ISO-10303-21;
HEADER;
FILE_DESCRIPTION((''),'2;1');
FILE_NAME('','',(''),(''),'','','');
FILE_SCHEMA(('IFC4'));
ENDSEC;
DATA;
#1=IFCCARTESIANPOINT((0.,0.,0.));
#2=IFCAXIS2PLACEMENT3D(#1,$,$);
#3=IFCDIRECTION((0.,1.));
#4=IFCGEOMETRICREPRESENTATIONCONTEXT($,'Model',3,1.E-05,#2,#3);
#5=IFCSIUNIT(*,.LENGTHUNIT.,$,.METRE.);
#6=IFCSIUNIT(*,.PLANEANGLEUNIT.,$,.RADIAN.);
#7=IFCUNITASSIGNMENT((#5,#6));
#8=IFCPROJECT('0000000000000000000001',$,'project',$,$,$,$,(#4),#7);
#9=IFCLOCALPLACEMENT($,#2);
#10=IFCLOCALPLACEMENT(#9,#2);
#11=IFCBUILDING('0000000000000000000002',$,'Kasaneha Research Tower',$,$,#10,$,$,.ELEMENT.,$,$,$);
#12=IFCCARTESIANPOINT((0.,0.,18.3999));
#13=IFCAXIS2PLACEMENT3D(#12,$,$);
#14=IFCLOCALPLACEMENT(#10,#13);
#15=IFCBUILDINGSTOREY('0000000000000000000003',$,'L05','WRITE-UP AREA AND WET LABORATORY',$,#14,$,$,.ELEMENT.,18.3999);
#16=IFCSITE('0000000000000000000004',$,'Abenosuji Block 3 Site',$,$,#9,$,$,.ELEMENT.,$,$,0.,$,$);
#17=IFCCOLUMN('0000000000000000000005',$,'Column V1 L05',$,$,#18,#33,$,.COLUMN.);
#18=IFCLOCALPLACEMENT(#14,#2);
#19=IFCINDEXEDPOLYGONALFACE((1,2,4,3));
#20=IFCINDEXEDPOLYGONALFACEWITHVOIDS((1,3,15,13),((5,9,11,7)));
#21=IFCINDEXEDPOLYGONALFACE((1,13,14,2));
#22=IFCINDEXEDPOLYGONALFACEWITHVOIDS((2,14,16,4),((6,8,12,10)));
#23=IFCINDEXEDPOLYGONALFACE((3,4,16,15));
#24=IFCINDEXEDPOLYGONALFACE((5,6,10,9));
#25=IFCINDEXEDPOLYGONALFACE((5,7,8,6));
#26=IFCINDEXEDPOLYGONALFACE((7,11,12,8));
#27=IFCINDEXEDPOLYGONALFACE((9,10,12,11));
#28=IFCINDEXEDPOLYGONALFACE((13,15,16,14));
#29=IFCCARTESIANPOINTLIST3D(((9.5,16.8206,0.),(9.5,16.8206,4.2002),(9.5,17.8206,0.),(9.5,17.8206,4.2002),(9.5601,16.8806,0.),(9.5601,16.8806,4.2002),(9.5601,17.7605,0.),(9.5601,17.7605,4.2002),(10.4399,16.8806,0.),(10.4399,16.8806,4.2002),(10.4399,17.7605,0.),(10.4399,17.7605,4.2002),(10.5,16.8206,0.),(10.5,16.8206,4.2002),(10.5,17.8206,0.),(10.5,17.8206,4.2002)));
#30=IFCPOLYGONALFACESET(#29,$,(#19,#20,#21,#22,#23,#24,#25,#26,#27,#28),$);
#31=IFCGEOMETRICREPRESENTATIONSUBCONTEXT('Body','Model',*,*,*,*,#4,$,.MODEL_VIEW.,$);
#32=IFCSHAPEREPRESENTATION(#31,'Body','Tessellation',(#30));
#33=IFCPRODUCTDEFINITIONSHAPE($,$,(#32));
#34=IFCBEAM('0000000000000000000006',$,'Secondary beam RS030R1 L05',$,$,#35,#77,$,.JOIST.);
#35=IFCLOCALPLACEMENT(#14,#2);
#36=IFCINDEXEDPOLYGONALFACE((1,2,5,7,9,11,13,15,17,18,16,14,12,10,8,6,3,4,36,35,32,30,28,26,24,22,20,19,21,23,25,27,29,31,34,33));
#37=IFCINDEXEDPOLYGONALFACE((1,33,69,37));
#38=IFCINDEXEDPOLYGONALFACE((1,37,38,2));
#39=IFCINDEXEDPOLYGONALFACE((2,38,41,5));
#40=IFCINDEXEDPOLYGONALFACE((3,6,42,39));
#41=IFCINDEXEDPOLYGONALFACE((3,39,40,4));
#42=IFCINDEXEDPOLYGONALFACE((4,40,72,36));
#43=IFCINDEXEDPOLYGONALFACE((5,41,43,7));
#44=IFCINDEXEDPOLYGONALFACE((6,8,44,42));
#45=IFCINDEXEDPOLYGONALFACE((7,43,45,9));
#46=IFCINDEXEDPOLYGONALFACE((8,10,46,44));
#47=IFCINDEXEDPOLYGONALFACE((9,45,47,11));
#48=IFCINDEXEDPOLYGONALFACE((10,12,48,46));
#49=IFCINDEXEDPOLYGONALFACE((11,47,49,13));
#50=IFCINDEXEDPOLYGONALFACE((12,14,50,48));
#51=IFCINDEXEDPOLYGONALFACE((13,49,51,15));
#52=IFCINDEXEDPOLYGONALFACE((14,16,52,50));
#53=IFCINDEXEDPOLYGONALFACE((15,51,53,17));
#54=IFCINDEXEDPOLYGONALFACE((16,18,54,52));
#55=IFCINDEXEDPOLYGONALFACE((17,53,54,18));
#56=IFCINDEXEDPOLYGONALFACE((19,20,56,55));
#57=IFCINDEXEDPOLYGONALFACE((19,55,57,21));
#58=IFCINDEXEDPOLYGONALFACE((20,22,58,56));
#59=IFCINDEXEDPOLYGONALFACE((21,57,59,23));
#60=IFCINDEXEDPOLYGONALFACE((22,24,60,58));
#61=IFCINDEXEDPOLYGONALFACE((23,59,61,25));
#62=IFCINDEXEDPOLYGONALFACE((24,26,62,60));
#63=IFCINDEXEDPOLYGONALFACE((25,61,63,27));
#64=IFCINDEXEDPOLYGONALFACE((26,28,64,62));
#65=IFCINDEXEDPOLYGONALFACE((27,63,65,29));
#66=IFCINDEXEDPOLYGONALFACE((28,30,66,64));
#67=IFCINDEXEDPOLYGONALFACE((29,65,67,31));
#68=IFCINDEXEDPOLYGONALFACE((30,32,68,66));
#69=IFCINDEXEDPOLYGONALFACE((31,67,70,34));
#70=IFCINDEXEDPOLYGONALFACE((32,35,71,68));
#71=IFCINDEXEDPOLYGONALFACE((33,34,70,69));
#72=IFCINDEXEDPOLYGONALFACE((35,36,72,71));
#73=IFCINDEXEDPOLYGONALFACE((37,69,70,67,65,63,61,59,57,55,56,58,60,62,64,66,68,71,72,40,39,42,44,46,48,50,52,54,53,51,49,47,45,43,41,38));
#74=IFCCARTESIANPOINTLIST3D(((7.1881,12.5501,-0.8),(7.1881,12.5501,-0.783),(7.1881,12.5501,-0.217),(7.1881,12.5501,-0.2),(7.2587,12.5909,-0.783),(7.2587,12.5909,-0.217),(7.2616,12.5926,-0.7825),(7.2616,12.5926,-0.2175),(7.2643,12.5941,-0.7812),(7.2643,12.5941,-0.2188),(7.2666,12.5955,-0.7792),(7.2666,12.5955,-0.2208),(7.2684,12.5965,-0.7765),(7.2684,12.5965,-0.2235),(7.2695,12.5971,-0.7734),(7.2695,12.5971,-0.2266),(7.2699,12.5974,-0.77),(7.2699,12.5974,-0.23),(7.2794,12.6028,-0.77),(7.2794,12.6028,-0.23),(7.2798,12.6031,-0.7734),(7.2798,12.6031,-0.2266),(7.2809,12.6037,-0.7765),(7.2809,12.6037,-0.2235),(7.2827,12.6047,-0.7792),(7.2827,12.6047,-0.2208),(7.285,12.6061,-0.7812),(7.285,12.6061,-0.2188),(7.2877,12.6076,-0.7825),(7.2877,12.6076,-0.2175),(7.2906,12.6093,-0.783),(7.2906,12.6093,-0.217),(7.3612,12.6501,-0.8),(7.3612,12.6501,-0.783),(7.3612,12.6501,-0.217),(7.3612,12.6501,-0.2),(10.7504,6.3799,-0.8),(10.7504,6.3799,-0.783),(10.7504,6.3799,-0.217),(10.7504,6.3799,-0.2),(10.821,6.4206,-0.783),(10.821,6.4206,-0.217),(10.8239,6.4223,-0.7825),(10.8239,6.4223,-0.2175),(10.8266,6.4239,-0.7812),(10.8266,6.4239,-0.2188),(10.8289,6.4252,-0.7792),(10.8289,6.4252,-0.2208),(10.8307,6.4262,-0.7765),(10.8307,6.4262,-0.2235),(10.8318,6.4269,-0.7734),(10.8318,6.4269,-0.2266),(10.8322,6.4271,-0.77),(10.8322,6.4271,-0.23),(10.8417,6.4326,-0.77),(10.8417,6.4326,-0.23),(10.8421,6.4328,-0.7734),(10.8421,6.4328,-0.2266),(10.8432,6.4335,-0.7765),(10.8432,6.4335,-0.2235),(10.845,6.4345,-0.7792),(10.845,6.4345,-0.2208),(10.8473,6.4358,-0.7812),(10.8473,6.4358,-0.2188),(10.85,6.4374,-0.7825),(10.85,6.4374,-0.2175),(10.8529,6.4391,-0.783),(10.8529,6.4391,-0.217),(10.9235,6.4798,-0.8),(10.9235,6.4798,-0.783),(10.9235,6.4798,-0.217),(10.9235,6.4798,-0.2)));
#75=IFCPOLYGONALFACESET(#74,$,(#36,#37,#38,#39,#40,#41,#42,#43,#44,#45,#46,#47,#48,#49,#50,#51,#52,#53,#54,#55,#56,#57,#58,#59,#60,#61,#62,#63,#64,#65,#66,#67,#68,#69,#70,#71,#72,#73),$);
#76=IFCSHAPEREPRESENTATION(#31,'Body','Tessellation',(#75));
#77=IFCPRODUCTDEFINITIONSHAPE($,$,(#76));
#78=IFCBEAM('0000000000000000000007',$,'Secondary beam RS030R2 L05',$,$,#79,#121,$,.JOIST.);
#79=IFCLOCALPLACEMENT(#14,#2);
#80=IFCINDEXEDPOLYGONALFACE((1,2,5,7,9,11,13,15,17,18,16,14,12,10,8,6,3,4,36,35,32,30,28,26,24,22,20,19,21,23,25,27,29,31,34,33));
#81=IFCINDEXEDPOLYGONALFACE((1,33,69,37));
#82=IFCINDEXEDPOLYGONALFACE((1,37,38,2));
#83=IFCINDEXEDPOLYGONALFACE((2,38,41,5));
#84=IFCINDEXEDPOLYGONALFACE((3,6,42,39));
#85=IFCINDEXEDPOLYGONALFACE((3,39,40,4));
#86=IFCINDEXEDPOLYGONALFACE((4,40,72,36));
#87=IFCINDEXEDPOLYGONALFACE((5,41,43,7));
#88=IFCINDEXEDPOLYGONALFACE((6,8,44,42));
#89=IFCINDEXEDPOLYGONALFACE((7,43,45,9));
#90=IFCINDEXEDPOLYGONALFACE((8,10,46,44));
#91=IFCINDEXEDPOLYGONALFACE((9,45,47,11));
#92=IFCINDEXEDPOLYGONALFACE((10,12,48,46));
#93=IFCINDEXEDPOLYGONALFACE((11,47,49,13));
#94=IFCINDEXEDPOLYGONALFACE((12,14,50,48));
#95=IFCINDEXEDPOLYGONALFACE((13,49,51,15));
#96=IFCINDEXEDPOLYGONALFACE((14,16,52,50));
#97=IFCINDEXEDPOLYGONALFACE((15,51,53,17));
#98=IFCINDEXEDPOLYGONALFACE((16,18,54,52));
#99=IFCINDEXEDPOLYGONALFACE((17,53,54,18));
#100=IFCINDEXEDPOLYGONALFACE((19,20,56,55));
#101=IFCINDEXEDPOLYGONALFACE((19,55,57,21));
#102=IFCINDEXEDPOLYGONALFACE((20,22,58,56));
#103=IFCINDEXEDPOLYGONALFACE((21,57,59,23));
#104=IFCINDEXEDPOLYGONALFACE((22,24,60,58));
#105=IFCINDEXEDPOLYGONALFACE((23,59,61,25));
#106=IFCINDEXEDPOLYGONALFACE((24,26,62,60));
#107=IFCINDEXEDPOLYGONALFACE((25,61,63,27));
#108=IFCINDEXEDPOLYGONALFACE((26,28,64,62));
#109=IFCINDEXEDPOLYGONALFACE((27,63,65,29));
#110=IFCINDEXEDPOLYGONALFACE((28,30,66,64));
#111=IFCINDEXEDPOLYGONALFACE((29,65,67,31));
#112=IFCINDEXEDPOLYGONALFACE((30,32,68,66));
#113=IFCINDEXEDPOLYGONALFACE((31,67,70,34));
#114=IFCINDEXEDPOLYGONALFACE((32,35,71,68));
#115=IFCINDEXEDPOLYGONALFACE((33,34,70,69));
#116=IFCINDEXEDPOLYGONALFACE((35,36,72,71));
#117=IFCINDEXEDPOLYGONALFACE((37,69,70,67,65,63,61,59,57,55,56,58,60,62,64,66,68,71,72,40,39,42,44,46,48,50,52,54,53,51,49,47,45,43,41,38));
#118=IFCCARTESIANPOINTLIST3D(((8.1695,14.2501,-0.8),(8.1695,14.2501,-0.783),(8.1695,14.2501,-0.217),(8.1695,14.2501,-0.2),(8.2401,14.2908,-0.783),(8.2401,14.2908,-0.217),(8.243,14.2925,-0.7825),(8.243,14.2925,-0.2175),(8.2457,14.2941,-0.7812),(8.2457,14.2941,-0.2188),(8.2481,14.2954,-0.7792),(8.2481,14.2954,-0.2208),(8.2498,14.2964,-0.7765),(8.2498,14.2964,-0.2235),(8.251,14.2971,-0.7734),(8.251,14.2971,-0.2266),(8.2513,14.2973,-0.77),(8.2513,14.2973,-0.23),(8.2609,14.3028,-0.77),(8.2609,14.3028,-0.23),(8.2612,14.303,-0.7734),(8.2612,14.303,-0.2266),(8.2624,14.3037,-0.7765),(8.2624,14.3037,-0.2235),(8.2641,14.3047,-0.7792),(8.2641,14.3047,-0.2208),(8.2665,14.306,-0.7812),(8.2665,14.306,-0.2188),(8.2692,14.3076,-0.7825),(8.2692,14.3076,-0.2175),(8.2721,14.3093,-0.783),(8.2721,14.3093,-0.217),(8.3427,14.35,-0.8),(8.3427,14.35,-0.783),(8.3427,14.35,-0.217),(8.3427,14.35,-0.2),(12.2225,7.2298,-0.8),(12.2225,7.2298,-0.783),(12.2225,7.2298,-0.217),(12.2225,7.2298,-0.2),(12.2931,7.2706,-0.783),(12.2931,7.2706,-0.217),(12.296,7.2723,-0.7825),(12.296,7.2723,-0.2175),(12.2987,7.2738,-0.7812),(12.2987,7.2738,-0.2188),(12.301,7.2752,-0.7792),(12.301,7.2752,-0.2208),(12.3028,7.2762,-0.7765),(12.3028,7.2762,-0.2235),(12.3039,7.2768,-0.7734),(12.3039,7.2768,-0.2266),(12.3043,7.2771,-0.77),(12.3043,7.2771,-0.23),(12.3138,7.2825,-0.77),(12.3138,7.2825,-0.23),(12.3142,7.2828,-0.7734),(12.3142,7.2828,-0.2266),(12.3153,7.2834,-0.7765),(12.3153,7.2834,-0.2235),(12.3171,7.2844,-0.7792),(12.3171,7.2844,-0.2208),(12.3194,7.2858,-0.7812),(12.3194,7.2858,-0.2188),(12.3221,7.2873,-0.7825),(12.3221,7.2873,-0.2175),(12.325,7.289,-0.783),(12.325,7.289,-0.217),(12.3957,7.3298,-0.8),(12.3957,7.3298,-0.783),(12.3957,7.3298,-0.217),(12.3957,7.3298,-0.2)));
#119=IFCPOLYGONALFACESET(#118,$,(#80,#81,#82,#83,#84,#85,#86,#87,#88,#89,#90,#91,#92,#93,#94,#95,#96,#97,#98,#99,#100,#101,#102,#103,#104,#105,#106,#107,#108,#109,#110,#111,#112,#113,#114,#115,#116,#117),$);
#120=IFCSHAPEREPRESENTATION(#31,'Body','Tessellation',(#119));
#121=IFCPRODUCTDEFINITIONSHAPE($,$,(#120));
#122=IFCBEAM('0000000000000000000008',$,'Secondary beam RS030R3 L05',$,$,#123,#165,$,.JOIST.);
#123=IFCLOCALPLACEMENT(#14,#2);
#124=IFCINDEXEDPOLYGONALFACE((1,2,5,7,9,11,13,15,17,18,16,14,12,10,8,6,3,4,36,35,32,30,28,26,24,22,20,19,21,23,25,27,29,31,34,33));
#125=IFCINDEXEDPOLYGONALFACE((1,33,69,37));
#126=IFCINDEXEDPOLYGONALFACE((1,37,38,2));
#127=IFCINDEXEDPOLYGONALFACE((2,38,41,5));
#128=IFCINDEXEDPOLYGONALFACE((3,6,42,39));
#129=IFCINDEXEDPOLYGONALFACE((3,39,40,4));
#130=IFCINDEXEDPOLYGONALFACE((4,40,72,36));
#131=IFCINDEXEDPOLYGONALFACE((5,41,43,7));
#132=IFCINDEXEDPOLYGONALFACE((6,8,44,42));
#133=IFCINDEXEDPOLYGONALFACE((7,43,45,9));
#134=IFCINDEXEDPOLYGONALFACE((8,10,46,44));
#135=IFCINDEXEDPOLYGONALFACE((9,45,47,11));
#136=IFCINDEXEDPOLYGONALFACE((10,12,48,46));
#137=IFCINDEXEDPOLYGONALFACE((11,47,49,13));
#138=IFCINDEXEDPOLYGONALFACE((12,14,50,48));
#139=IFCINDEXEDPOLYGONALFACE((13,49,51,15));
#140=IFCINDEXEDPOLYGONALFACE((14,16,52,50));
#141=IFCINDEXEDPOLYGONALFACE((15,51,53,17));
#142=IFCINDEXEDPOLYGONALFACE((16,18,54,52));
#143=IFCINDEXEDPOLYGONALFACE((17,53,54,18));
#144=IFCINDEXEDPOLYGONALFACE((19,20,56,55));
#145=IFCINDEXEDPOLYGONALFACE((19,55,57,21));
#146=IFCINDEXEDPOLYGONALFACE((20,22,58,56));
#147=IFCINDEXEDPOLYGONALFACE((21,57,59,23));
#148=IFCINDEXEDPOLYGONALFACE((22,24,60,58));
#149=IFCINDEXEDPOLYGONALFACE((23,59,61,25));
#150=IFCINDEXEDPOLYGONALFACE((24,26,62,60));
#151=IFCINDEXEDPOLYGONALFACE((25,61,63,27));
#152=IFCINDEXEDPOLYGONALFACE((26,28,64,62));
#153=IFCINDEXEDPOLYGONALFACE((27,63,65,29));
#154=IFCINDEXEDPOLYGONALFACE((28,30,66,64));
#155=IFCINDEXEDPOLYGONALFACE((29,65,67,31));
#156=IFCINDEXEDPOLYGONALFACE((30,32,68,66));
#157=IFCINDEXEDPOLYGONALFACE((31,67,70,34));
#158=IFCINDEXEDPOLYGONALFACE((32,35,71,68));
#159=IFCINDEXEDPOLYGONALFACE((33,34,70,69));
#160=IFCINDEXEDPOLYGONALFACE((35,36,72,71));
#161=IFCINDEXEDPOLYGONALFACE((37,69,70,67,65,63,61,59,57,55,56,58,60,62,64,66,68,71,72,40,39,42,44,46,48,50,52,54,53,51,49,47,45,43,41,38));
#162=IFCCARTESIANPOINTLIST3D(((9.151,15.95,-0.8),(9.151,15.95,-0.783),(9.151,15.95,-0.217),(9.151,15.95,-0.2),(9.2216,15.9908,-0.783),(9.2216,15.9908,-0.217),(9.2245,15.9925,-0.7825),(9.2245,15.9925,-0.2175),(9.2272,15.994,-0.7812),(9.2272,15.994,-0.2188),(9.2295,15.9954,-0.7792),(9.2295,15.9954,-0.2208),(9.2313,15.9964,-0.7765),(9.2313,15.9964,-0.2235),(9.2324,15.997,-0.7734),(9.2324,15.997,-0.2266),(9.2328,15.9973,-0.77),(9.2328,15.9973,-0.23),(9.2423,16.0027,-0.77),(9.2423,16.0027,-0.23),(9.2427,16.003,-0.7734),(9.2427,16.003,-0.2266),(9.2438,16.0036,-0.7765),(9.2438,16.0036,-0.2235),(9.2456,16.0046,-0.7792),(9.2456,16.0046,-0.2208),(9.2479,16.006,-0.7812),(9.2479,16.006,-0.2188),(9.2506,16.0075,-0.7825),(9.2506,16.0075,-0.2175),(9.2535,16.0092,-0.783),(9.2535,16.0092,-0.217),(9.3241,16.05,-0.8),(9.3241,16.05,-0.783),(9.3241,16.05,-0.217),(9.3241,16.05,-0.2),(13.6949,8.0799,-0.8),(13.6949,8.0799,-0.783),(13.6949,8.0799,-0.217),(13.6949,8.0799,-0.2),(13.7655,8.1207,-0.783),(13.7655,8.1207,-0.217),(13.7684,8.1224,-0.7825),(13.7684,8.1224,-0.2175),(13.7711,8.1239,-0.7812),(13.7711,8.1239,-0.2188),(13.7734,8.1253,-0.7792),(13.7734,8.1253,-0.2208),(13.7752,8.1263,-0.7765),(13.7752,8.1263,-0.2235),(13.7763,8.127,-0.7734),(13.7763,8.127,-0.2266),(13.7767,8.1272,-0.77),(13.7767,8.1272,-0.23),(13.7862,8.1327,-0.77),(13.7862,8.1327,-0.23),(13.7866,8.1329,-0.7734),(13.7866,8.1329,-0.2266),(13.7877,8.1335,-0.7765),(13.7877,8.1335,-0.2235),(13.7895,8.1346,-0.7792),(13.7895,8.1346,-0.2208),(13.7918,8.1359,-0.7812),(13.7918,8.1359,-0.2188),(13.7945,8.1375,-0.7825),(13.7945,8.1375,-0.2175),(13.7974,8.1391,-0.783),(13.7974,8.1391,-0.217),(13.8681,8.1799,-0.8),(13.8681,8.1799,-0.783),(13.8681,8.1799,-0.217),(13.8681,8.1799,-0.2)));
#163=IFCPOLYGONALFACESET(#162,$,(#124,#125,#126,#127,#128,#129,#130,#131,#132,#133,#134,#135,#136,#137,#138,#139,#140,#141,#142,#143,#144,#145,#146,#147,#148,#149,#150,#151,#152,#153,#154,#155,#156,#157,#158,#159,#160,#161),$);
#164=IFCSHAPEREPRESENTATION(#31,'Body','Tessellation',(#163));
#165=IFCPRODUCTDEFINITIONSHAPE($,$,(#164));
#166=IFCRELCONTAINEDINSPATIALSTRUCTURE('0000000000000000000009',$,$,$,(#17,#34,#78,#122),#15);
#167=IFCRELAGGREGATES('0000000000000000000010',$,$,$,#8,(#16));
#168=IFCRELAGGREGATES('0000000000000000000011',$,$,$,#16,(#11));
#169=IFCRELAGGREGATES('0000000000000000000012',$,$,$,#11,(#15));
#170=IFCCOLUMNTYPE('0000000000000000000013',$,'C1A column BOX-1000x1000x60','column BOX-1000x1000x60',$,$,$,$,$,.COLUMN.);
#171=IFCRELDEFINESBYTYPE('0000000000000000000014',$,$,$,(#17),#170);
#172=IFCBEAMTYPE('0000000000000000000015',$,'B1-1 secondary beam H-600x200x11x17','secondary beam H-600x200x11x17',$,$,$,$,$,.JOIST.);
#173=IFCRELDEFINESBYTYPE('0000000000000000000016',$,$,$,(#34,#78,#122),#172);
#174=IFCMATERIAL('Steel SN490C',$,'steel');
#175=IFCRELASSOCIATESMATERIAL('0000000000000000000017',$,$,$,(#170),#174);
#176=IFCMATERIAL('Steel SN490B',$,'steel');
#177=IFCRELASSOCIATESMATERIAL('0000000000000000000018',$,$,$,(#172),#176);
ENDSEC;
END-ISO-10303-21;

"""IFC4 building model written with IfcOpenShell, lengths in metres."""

from ifc_helpers import new_model, si_unit, direction, frame, origin, origin_2d, place, context, subcontext, project, spatial, hollow_rectangle, i_section, extrude, material, material_profile, profile_set, type_object, element, save


model = new_model("IFC4")

# Units and contexts
model_context = context("Model", 3, precision=1e-05, world=origin(), true_north=direction((0.0, 1.0)))
body_context = subcontext(model_context, "Body", "Model", "MODEL_VIEW")
ifc_project = project(units=[si_unit("LENGTHUNIT", "METRE"), si_unit("PLANEANGLEUNIT", "RADIAN")], contexts=[model_context])

# Site, building, storey
site_placement = place(None, origin())
site = spatial("IfcSite", under=ifc_project, at=site_placement, Name="Abenosuji Block 3 Site", CompositionType="ELEMENT", RefElevation=0.0)
building_placement = place(site_placement, origin())
building = spatial("IfcBuilding", under=site, at=building_placement, Name="Kasaneha Research Tower", CompositionType="ELEMENT")
storey_placement = place(building_placement, frame((0.0, 0.0, 18.3999)))
storey = spatial("IfcBuildingStorey", under=building, at=storey_placement, Name="L05", Description="WRITE-UP AREA AND WET LABORATORY", CompositionType="ELEMENT", Elevation=18.3999)

# Column
ifc_material_1 = material(Name="Steel SN490C", Category="steel")
ifc_material_profile_1 = material_profile(ifc_material_1, hollow_rectangle(XDim=1.0, YDim=1.0, WallThickness=0.0601, at=origin_2d()), Name="BOX-1000x1000x60")
ifc_profile_set_1 = profile_set([ifc_material_profile_1], Name="Steel SN490C")
column_type = type_object("IfcColumnType", Name="C1A column BOX-1000x1000x60", Description="column BOX-1000x1000x60", PredefinedType="COLUMN", material=ifc_profile_set_1)
column_placement = place(storey_placement, frame((10.0, 17.3206, 0.0), z_axis=(0.0, 0.0, 1.0), x_axis=(1.0, 0.0, 0.0)))
element("IfcColumn", 1, at=column_placement, inside=storey, type_object=column_type, Name="Column V1 L05", PredefinedType="COLUMN", context=body_context, shape_type="SweptSolid", body=[
    extrude(hollow_rectangle(XDim=1.0, YDim=1.0, WallThickness=0.0601, at=origin_2d()), origin(), (0.0, 0.0, 1.0), 4.2002),
])

# Beams
ifc_material_2 = material(Name="Steel SN490B", Category="steel")
ifc_material_profile_2 = material_profile(ifc_material_2, i_section(OverallWidth=0.2, OverallDepth=0.6001, WebThickness=0.011, FlangeThickness=0.0171, FilletRadius=0.0129, at=origin_2d()), Name="H-600x200x11x17")
ifc_profile_set_2 = profile_set([ifc_material_profile_2], Name="Steel SN490B")
beam_type_1 = type_object("IfcBeamType", Name="B1-1 secondary beam H-600x200x11x17", Description="secondary beam H-600x200x11x17", PredefinedType="JOIST", material=ifc_profile_set_2)
beam_1_placement = place(storey_placement, frame((7.2747, 12.6001, -0.5), z_axis=(0.49999, -0.866031, 0.0), x_axis=(0.866031, 0.49999, 0.0)))
element("IfcBeam", 2, at=beam_1_placement, inside=storey, type_object=beam_type_1, Name="Secondary beam RS030R1 L05", PredefinedType="JOIST", context=body_context, shape_type="SweptSolid", body=[
    extrude(i_section(OverallWidth=0.2, OverallDepth=0.6001, WebThickness=0.011, FlangeThickness=0.0171, FilletRadius=0.0129, at=origin_2d()), origin(), (0.0, 0.0, 1.0), 7.1248),
])
beam_2_placement = place(storey_placement, frame((8.2561, 14.3, -0.5), z_axis=(0.499984, -0.866035, 0.0), x_axis=(0.866035, 0.499984, 0.0)))
element("IfcBeam", 3, at=beam_2_placement, inside=storey, type_object=beam_type_1, Name="Secondary beam RS030R2 L05", PredefinedType="JOIST", context=body_context, shape_type="SweptSolid", body=[
    extrude(i_section(OverallWidth=0.2, OverallDepth=0.6001, WebThickness=0.011, FlangeThickness=0.0171, FilletRadius=0.0129, at=origin_2d()), origin(), (0.0, 0.0, 1.0), 8.1062),
])
beam_3_placement = place(storey_placement, frame((9.2375, 16.0, -0.5), z_axis=(0.500011, -0.866019, 0.0), x_axis=(0.866019, 0.500011, 0.0)))
element("IfcBeam", 4, at=beam_3_placement, inside=storey, type_object=beam_type_1, Name="Secondary beam RS030R3 L05", PredefinedType="JOIST", context=body_context, shape_type="SweptSolid", body=[
    extrude(i_section(OverallWidth=0.2, OverallDepth=0.6001, WebThickness=0.011, FlangeThickness=0.0171, FilletRadius=0.0129, at=origin_2d()), origin(), (0.0, 0.0, 1.0), 9.0876),
])

save(model, "model.ifc")
